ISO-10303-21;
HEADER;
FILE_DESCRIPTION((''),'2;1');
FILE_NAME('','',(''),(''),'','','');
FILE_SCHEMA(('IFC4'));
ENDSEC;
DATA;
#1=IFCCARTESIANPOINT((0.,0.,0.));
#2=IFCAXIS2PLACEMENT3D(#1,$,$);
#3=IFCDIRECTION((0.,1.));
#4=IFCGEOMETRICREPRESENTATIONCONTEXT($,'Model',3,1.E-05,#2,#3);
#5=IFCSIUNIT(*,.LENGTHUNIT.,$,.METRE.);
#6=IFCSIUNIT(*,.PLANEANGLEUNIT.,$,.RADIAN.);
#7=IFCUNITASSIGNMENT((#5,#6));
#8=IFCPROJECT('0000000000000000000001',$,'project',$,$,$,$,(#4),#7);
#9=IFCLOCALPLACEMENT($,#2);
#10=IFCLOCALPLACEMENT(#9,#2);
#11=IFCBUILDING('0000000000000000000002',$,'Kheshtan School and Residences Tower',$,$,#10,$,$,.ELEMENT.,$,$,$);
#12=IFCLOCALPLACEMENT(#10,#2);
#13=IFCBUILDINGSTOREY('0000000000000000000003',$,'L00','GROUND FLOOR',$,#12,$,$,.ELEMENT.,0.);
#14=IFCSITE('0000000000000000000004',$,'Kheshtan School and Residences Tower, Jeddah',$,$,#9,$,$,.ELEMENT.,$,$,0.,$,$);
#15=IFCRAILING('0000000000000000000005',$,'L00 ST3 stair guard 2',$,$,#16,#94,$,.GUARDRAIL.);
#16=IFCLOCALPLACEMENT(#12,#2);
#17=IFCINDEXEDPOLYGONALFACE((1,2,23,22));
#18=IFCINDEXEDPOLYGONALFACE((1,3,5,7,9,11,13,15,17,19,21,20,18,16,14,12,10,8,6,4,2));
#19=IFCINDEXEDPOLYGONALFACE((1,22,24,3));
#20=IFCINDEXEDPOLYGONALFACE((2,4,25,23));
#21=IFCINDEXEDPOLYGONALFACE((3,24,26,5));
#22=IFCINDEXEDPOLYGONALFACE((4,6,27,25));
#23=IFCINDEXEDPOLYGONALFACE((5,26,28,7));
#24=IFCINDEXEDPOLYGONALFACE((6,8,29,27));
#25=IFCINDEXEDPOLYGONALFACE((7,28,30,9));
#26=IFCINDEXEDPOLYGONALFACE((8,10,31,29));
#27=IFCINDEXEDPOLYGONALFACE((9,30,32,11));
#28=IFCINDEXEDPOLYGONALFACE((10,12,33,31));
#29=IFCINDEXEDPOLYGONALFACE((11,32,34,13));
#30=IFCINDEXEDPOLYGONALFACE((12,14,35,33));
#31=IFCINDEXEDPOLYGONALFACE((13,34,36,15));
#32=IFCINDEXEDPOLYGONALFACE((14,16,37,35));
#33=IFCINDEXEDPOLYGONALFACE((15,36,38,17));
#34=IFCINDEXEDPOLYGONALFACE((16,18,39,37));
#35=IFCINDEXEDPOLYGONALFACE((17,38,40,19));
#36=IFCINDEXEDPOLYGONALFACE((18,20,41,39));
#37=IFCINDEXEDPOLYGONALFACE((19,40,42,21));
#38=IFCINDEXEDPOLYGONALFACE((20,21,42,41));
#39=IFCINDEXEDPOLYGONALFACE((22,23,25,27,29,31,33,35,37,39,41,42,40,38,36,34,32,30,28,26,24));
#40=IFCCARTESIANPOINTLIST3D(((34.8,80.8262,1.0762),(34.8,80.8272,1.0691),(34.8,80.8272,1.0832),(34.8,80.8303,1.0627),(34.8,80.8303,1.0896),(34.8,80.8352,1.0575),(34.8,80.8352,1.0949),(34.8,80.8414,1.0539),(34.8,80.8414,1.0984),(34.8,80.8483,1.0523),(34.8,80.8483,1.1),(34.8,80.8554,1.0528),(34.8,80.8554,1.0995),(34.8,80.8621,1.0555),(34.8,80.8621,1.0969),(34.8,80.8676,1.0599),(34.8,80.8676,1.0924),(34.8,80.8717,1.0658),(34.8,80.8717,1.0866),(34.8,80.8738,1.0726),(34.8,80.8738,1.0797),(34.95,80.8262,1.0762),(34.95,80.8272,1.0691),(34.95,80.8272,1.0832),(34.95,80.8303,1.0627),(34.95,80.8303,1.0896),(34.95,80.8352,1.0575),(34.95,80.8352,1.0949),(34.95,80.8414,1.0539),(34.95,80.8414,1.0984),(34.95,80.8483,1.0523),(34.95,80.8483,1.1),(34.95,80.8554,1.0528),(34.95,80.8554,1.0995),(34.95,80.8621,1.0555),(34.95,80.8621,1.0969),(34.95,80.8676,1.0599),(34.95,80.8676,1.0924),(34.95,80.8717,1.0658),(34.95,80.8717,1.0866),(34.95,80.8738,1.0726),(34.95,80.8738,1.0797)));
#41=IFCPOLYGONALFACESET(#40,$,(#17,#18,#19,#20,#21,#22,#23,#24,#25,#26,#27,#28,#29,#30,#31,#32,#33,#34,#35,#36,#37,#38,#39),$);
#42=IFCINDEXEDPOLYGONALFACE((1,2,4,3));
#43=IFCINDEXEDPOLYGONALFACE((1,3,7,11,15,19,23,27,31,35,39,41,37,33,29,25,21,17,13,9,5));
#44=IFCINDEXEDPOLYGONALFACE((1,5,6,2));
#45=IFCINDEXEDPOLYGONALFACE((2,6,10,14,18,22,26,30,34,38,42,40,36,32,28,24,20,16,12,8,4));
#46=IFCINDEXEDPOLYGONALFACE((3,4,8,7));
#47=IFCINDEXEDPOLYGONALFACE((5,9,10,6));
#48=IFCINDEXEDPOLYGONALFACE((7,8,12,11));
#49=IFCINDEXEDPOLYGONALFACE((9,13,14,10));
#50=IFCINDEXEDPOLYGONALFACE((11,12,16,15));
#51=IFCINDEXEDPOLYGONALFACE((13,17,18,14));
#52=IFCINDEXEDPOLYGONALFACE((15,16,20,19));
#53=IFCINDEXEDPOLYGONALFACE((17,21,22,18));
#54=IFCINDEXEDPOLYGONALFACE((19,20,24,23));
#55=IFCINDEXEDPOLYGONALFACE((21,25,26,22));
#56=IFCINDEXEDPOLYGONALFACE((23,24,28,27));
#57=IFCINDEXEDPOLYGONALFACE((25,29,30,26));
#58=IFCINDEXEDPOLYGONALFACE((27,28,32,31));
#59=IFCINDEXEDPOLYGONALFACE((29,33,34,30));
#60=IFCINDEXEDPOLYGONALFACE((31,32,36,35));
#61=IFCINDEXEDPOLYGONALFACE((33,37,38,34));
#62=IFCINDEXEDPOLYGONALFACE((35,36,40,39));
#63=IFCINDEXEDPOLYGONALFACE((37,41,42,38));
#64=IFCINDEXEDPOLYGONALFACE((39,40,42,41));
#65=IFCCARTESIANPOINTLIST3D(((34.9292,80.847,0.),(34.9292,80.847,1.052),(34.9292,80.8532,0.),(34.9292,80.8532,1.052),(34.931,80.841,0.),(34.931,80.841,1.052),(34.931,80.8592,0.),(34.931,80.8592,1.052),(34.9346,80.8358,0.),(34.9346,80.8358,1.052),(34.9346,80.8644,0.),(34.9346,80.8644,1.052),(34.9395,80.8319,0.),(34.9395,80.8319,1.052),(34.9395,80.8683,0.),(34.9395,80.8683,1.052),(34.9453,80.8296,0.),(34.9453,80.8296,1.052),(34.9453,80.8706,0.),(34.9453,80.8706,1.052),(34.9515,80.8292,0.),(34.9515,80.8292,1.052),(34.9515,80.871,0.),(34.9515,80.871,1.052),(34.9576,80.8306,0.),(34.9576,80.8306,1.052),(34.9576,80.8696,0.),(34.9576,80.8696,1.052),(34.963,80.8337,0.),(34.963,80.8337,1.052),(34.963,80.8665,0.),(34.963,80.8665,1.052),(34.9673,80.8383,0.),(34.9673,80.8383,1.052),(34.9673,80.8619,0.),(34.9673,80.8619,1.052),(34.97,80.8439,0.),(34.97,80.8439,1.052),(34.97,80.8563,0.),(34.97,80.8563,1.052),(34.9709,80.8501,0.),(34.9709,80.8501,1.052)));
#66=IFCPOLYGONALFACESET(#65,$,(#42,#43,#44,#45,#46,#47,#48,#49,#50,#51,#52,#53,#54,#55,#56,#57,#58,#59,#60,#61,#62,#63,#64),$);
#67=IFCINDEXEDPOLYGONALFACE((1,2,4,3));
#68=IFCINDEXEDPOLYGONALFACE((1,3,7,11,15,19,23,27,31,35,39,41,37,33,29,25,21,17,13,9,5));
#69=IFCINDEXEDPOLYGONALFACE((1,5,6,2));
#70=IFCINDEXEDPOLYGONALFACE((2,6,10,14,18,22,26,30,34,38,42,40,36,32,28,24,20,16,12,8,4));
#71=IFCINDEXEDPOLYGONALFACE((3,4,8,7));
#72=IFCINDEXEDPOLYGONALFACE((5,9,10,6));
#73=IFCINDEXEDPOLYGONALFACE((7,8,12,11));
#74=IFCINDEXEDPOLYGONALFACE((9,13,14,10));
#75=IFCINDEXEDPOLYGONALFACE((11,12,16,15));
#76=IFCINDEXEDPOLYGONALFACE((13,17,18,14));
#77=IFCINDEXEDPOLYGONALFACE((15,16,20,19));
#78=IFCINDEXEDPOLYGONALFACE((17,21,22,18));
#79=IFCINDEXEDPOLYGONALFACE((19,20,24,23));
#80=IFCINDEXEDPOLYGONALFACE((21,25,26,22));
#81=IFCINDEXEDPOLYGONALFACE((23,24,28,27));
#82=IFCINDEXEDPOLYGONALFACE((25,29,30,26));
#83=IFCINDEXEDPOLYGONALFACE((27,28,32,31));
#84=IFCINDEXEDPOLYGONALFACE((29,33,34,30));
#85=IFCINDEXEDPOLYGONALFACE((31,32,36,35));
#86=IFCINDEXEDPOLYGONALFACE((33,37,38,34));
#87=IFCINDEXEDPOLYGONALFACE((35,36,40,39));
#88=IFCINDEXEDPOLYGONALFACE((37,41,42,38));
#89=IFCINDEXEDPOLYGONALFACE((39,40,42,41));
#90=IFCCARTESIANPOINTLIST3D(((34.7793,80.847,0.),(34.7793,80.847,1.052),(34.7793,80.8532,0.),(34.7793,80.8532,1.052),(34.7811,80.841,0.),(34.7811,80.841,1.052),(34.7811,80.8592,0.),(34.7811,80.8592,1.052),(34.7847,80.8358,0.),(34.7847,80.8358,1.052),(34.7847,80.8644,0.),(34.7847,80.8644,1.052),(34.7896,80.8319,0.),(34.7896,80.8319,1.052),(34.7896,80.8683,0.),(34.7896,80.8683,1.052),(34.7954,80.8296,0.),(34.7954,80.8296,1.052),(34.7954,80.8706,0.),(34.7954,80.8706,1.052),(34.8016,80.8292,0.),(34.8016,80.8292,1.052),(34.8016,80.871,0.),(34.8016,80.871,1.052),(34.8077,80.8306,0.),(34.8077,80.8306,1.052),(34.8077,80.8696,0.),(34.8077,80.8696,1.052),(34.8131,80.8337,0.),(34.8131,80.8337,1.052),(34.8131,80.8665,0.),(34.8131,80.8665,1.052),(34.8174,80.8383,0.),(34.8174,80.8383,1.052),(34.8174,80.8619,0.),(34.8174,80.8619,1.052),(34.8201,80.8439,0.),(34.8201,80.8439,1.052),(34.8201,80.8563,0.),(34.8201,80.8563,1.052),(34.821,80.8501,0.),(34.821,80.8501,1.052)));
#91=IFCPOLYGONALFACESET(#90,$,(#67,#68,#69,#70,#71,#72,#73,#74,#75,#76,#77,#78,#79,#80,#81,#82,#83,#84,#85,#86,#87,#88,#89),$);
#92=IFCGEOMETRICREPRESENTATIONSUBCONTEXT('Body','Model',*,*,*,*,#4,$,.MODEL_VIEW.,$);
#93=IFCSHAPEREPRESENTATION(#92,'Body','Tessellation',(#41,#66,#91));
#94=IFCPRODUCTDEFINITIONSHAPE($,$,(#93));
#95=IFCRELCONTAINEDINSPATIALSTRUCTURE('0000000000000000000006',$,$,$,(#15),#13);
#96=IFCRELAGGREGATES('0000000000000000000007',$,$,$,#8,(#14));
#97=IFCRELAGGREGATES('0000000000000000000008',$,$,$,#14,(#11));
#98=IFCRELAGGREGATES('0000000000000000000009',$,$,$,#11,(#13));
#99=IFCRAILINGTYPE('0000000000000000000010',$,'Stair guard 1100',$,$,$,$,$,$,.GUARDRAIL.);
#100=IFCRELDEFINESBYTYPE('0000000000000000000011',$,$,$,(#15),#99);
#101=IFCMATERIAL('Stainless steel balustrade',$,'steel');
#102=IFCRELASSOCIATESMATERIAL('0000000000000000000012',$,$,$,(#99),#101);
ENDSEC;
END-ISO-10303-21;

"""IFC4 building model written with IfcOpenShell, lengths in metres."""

from ifc_helpers import new_model, si_unit, direction, frame, origin, origin_2d, place, context, subcontext, project, spatial, circle, extrude, material, type_object, element, save


model = new_model("IFC4")

# Units and contexts
model_context = context("Model", 3, precision=1e-05, world=origin(), true_north=direction((0.0, 1.0)))
body_context = subcontext(model_context, "Body", "Model", "MODEL_VIEW")
ifc_project = project(units=[si_unit("LENGTHUNIT", "METRE"), si_unit("PLANEANGLEUNIT", "RADIAN")], contexts=[model_context])

# Site, building, storey
site_placement = place(None, origin())
site = spatial("IfcSite", under=ifc_project, at=site_placement, Name="Kheshtan School and Residences Tower, Jeddah", CompositionType="ELEMENT", RefElevation=0.0)
building_placement = place(site_placement, origin())
building = spatial("IfcBuilding", under=site, at=building_placement, Name="Kheshtan School and Residences Tower", CompositionType="ELEMENT")
storey_placement = place(building_placement, origin())
storey = spatial("IfcBuildingStorey", under=building, at=storey_placement, Name="L00", Description="GROUND FLOOR", CompositionType="ELEMENT", Elevation=0.0)

# Railing
ifc_material_1 = material(Name="Stainless steel balustrade", Category="steel")
railing_type_1 = type_object("IfcRailingType", Name="Stair guard 1100", PredefinedType="GUARDRAIL", material=ifc_material_1)
railing_1_placement = place(storey_placement, frame((34.95, 80.8501, 0.0)))
element("IfcRailing", 1, at=railing_1_placement, inside=storey, type_object=railing_type_1, Name="L00 ST3 stair guard 2", PredefinedType="GUARDRAIL", context=body_context, shape_type="SweptSolid", body=[
    extrude(circle(Radius=0.0239, at=origin_2d()), frame((0.0, 0.0, 1.0762), z_axis=(-1.0, 0.0, 0.0), x_axis=(0.0, -1.0, 0.0)), (0.0, 0.0, 1.0), 0.1499),
    extrude(circle(Radius=0.021, at=origin_2d()), origin(), (0.0, 0.0, 1.0), 1.052),
    extrude(circle(Radius=0.021, at=origin_2d()), frame((-0.1499, 0.0, 0.0)), (0.0, 0.0, 1.0), 1.052),
])

save(model, "model.ifc")
